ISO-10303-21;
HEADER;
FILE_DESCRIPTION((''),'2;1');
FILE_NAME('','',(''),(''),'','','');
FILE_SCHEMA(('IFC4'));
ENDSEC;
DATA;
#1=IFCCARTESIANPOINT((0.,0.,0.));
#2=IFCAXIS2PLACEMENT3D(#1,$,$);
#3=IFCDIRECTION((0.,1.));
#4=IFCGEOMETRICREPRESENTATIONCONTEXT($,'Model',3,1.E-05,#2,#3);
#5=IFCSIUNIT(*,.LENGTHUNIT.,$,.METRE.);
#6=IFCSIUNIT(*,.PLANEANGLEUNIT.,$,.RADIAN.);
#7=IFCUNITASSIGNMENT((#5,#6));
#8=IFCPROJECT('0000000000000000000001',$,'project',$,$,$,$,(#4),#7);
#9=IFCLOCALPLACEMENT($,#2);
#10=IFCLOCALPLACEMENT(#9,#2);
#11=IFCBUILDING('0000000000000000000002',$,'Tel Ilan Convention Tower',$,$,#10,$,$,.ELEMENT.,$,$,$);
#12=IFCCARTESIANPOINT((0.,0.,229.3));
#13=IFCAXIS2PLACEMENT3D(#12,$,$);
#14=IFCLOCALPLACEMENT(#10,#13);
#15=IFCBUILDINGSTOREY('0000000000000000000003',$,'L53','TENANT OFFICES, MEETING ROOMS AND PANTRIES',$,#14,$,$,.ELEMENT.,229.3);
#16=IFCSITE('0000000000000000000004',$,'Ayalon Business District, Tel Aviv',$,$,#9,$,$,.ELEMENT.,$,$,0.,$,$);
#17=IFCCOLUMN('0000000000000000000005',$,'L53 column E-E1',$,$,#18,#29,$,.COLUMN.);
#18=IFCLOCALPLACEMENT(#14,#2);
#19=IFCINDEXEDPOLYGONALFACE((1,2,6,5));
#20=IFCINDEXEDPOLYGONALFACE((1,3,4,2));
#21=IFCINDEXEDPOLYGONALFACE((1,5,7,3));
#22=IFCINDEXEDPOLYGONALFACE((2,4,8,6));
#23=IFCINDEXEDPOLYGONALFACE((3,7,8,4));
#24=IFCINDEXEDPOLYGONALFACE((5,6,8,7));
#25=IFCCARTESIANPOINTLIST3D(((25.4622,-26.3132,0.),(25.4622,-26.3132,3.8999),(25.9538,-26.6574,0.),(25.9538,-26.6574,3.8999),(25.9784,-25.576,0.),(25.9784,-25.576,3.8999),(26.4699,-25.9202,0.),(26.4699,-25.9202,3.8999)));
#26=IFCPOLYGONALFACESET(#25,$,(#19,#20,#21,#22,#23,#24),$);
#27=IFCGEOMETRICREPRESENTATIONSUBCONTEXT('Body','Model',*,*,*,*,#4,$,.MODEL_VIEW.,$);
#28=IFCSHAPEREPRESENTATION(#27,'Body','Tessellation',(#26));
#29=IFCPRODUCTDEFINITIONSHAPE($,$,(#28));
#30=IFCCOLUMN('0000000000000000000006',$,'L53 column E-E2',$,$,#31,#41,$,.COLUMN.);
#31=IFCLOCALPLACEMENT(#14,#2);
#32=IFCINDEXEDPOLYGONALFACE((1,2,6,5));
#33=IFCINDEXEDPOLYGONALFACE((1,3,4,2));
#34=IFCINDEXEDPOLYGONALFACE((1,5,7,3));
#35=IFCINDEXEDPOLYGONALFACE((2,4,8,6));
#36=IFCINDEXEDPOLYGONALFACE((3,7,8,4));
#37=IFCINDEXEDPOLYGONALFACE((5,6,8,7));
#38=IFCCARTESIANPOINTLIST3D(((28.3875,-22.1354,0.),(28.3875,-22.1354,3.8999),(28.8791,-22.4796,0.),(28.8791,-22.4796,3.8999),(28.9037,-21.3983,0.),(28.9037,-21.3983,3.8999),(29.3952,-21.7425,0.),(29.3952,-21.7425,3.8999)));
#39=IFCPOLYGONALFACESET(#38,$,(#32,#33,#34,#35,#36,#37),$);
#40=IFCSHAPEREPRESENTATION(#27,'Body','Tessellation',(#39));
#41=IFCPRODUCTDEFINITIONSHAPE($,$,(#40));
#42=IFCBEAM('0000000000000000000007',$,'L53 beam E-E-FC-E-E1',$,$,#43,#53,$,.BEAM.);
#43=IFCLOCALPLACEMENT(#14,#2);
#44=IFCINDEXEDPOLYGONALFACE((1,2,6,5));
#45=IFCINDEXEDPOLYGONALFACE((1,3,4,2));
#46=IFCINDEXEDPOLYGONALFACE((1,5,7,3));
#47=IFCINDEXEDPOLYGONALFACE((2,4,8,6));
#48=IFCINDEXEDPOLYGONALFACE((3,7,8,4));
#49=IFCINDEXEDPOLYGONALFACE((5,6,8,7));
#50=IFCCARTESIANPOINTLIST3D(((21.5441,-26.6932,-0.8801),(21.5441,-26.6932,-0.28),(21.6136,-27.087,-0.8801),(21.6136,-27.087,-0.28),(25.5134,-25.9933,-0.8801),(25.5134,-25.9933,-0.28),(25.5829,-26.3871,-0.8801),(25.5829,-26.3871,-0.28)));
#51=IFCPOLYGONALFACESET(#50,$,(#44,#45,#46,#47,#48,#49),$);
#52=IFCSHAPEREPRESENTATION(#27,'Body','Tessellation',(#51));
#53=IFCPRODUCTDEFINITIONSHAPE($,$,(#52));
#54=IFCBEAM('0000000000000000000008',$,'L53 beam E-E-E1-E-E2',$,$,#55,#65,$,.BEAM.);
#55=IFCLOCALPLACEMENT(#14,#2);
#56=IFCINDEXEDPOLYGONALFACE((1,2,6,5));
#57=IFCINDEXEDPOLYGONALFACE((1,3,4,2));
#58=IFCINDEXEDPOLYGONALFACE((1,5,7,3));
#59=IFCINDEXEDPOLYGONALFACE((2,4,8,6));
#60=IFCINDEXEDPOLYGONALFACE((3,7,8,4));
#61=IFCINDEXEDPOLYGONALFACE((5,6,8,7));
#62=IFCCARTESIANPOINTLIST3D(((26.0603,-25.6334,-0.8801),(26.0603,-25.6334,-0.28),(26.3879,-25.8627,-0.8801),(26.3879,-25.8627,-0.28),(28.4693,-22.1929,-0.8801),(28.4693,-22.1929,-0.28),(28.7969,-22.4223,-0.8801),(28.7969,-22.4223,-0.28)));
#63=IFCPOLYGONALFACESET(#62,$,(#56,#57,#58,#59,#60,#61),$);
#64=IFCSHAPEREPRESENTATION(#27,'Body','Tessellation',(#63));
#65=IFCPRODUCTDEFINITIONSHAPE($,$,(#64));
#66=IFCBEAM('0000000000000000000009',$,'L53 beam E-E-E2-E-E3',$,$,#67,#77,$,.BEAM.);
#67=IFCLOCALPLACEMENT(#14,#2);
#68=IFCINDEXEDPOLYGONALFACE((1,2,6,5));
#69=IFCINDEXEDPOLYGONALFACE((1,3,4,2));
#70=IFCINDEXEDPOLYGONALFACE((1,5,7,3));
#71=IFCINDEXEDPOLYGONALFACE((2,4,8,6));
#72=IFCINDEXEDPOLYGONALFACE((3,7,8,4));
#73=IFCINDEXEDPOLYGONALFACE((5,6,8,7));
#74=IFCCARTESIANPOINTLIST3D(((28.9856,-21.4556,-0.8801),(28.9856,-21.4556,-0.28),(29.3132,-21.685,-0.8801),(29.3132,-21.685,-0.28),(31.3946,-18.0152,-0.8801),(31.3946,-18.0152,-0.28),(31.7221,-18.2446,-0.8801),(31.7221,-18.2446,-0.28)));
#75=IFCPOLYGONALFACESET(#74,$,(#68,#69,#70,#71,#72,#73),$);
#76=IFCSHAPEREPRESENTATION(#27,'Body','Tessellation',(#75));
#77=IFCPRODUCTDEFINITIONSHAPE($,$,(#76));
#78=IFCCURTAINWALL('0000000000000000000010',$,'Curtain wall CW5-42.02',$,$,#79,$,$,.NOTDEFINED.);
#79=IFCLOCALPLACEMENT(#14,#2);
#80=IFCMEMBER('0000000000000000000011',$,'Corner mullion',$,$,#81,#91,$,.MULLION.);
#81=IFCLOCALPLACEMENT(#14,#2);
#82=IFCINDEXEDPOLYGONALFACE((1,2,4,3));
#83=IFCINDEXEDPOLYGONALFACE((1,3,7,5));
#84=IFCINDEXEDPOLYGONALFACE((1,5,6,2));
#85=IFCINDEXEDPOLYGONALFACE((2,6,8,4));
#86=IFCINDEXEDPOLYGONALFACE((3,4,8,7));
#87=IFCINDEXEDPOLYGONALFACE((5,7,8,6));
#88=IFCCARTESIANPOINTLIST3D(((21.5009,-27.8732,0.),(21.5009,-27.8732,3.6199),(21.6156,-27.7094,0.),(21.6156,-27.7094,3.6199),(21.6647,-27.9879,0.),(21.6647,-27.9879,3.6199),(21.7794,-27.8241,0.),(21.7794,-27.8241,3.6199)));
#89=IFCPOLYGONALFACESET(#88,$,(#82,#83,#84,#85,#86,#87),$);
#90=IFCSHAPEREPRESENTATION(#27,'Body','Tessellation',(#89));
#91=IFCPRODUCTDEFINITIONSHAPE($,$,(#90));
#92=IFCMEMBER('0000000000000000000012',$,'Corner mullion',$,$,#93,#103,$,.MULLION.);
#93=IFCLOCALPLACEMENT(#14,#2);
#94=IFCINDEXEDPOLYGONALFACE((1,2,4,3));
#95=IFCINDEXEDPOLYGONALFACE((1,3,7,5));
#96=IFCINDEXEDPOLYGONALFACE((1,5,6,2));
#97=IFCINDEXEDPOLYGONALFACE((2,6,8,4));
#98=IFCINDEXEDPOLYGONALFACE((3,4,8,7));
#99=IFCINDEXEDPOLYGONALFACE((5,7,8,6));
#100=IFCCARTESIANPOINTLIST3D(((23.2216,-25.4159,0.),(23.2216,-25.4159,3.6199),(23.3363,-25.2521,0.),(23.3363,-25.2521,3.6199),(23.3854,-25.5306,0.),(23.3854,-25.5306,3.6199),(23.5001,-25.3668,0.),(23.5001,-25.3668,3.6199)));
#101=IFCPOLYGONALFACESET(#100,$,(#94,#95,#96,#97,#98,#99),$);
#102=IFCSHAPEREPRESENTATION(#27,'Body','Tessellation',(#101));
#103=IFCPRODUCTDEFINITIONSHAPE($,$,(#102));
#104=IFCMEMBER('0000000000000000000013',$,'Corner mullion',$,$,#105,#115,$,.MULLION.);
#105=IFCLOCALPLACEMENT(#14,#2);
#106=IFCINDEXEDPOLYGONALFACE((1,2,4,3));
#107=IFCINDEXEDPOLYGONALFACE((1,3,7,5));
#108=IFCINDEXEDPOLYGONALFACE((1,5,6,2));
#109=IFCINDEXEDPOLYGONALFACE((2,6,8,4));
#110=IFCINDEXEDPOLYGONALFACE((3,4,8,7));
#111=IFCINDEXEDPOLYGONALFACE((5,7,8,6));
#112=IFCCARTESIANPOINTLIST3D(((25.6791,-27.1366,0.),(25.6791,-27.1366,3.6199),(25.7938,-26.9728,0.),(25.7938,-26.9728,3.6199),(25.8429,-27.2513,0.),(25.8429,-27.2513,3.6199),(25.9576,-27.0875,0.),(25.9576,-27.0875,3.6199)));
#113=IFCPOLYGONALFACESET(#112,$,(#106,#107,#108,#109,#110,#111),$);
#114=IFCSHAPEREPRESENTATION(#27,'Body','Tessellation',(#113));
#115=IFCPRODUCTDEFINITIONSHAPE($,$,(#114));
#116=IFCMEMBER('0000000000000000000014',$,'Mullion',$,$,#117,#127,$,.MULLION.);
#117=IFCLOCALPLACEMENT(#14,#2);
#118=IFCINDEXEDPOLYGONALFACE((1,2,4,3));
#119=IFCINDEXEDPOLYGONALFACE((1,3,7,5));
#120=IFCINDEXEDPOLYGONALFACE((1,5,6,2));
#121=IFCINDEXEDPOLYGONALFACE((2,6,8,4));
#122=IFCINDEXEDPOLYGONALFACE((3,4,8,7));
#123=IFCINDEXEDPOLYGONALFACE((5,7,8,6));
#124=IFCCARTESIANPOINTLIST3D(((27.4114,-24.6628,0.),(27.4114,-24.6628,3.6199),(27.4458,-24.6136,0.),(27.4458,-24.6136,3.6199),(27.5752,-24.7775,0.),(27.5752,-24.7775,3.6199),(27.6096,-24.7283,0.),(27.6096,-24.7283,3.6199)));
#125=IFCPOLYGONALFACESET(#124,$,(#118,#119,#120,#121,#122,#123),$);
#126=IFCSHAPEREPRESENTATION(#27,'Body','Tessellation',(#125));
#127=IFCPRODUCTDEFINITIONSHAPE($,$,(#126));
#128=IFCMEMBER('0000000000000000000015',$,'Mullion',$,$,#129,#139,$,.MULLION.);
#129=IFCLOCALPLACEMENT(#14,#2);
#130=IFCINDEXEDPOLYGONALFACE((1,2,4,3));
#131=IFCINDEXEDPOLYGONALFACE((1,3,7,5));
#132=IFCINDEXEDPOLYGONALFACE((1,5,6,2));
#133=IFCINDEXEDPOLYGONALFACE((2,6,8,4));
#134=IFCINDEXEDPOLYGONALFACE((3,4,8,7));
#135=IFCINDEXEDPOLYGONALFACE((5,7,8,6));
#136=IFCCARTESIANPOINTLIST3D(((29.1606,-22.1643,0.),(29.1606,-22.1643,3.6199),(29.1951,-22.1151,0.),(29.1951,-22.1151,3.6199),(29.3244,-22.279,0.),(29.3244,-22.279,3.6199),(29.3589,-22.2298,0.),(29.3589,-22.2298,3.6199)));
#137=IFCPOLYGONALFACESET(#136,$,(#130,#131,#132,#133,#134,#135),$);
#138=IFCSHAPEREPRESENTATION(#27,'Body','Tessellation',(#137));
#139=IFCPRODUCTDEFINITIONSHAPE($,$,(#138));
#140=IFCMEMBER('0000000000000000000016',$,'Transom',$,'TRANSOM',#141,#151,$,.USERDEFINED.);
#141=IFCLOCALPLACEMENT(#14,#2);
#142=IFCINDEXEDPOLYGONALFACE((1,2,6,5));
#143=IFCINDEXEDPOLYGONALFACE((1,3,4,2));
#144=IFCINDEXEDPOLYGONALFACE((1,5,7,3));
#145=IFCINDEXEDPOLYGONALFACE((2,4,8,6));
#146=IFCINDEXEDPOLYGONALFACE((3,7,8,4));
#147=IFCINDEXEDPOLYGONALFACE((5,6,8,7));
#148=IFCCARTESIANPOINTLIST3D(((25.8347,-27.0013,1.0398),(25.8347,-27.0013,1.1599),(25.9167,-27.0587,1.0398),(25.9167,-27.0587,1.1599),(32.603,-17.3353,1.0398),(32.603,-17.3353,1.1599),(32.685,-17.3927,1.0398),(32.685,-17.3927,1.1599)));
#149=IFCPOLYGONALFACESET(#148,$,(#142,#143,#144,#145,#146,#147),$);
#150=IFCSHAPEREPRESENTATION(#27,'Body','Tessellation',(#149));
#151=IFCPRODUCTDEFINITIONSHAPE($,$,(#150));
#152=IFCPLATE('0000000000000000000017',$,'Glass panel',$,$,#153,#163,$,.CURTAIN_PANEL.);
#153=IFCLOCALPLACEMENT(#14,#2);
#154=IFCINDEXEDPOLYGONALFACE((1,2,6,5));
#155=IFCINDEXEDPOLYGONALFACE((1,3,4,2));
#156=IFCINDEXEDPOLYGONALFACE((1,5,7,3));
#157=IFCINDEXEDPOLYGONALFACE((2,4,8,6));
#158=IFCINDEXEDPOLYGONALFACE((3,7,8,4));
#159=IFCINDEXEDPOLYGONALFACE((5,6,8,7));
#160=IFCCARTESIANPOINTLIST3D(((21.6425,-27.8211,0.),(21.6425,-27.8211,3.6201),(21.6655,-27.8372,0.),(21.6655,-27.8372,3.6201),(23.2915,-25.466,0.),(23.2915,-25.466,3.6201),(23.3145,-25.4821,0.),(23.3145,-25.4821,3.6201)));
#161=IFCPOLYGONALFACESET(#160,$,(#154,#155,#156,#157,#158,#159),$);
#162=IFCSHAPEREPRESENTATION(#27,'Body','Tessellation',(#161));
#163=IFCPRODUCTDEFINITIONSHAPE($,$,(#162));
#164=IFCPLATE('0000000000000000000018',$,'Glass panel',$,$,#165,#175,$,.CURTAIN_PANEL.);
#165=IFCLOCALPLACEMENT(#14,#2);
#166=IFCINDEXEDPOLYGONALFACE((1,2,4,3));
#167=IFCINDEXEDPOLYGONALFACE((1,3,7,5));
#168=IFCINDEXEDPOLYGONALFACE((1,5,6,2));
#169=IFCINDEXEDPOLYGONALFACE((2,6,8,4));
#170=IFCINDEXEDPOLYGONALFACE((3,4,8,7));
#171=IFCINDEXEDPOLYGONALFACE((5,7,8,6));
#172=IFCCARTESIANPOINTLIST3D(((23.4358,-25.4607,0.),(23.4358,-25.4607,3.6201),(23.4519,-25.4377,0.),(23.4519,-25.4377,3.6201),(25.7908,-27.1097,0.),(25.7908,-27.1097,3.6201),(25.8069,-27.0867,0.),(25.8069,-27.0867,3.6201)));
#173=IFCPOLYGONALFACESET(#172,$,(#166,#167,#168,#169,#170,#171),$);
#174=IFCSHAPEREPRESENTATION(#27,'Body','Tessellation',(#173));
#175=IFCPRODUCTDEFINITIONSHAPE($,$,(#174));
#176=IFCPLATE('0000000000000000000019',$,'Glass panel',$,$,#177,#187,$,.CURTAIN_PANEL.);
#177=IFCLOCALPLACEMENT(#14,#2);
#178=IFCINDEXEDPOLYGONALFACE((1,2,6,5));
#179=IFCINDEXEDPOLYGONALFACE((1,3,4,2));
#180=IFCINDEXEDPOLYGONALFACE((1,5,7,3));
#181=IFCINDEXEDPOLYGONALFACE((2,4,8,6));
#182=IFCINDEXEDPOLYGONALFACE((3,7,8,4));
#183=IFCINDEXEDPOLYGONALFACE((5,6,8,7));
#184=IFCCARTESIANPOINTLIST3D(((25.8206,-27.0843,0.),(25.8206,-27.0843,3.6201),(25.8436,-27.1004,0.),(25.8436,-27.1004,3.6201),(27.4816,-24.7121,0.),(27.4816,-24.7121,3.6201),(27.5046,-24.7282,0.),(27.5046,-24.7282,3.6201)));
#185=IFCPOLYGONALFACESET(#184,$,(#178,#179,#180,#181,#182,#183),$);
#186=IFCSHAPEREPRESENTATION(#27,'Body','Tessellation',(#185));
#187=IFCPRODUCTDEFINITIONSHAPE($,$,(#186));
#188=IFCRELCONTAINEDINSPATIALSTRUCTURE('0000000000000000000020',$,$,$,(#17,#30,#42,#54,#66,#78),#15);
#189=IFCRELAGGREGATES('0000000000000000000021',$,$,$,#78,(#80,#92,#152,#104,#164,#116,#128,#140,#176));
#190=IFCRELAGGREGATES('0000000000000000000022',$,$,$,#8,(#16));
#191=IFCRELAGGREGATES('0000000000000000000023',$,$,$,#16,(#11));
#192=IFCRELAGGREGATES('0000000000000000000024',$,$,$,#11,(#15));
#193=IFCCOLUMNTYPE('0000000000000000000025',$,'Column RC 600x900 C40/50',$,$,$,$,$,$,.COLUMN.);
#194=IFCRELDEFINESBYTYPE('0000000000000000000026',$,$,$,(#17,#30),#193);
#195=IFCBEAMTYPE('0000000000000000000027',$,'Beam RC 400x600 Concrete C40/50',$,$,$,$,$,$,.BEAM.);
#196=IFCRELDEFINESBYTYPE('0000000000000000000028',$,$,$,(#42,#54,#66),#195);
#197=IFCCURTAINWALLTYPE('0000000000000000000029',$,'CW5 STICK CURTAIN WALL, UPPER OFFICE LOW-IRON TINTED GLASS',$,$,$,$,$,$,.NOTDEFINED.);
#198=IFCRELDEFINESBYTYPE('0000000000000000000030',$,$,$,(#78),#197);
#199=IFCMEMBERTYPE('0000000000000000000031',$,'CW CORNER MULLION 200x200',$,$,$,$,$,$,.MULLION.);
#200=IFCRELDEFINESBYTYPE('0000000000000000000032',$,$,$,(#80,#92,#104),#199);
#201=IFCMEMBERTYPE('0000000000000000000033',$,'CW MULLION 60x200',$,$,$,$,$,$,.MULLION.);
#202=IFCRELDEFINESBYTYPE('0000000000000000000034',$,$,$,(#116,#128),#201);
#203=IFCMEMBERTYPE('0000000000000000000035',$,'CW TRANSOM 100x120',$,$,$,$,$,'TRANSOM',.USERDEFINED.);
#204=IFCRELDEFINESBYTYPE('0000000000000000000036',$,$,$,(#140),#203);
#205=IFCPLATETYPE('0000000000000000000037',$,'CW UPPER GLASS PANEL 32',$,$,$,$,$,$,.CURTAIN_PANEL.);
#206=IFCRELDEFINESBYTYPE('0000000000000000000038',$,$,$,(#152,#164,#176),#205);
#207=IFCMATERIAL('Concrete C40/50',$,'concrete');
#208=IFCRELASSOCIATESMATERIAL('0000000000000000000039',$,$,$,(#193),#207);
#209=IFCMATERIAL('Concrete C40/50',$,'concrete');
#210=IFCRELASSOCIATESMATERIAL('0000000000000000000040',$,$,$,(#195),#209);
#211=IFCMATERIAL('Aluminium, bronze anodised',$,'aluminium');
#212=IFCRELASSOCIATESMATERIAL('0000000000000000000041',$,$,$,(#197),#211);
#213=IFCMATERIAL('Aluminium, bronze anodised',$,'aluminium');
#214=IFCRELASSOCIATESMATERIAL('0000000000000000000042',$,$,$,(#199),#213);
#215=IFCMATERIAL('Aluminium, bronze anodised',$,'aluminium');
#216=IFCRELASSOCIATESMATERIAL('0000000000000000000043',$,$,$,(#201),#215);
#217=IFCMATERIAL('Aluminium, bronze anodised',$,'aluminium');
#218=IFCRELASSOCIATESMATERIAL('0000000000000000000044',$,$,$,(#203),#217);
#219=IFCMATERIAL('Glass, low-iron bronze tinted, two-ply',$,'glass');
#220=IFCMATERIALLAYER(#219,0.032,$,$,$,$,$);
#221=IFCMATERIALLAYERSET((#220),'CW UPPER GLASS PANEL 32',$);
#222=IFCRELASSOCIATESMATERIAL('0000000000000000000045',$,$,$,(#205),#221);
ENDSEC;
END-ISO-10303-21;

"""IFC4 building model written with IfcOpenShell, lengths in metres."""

from ifc_helpers import new_model, si_unit, direction, frame, origin, origin_2d, place, context, subcontext, project, spatial, rectangle, extrude, material, layer, layer_set, material_profile, profile_set, type_object, element, aggregate, save


model = new_model("IFC4")

# Units and contexts
model_context = context("Model", 3, precision=1e-05, world=origin(), true_north=direction((0.0, 1.0)))
body_context = subcontext(model_context, "Body", "Model", "MODEL_VIEW")
ifc_project = project(units=[si_unit("LENGTHUNIT", "METRE"), si_unit("PLANEANGLEUNIT", "RADIAN")], contexts=[model_context])

# Site, building, storey
site_placement = place(None, origin())
site = spatial("IfcSite", under=ifc_project, at=site_placement, Name="Ayalon Business District, Tel Aviv", CompositionType="ELEMENT", RefElevation=0.0)
building_placement = place(site_placement, origin())
building = spatial("IfcBuilding", under=site, at=building_placement, Name="Tel Ilan Convention Tower", CompositionType="ELEMENT")
storey_placement = place(building_placement, frame((0.0, 0.0, 229.3)))
storey = spatial("IfcBuildingStorey", under=building, at=storey_placement, Name="L53", Description="TENANT OFFICES, MEETING ROOMS AND PANTRIES", CompositionType="ELEMENT", Elevation=229.3)

# Columns
ifc_material_1 = material(Name="Concrete C40/50", Category="concrete")
ifc_material_profile_1 = material_profile(ifc_material_1, rectangle(XDim=0.8999, YDim=0.6001, at=origin_2d()), Name="RC 600x900")
ifc_profile_set_1 = profile_set([ifc_material_profile_1], Name="Concrete C40/50")
column_type = type_object("IfcColumnType", Name="Column RC 600x900 C40/50", PredefinedType="COLUMN", material=ifc_profile_set_1)
for number, where, z_axis, x_axis, name in (
    (1, (25.9661, -26.1167, 0.0), (0.0, 0.0, 1.0), (0.573576, 0.819152, 0.0), "L53 column E-E1"),
    (2, (28.8914, -21.939, 0.0), (0.0, 0.0, 1.0), (0.573576, 0.819152, 0.0), "L53 column E-E2"),
):
    element("IfcColumn", number, at=place(storey_placement, frame(where, z_axis=z_axis, x_axis=x_axis)), inside=storey, type_object=column_type, Name=name, PredefinedType="COLUMN", context=body_context, shape_type="SweptSolid", body=[
        extrude(rectangle(XDim=0.8999, YDim=0.6001, at=origin_2d()), origin(), (0.0, 0.0, 1.0), 3.8999),
    ])

# Beams
ifc_material_2 = material(Name="Concrete C40/50", Category="concrete")
ifc_material_profile_2 = material_profile(ifc_material_2, rectangle(XDim=0.3999, YDim=0.6001, at=origin_2d()), Name="RC 400x600")
ifc_profile_set_2 = profile_set([ifc_material_profile_2], Name="Concrete C40/50")
beam_type = type_object("IfcBeamType", Name="Beam RC 400x600 Concrete C40/50", PredefinedType="BEAM", material=ifc_profile_set_2)
beam_placement = place(storey_placement, frame((21.5789, -26.8901, -0.5801), z_axis=(0.984805, 0.173664, 0.0), x_axis=(-0.173664, 0.984805, 0.0)))
element("IfcBeam", 3, at=beam_placement, inside=storey, type_object=beam_type, Name="L53 beam E-E-FC-E-E1", PredefinedType="BEAM", context=body_context, shape_type="SweptSolid", body=[
    extrude(rectangle(XDim=0.3999, YDim=0.6001, at=origin_2d()), origin(), (0.0, 0.0, 1.0), 4.0305),
])
for number, where, z_axis, x_axis, name in (
    (4, (26.2241, -25.748, -0.5801), (0.573564, 0.819161, 0.0), (-0.819161, 0.573564, 0.0), "L53 beam E-E-E1-E-E2"),
    (5, (29.1494, -21.5703, -0.5801), (0.573564, 0.819161, 0.0), (-0.819161, 0.573564, 0.0), "L53 beam E-E-E2-E-E3"),
):
    element("IfcBeam", number, at=place(storey_placement, frame(where, z_axis=z_axis, x_axis=x_axis)), inside=storey, type_object=beam_type, Name=name, PredefinedType="BEAM", context=body_context, shape_type="SweptSolid", body=[
        extrude(rectangle(XDim=0.3999, YDim=0.6001, at=origin_2d()), origin(), (0.0, 0.0, 1.0), 4.2),
    ])

# Curtain wall, members, plates
ifc_material_3 = material(Name="Aluminium, bronze anodised", Category="aluminium")
curtain_wall_type = type_object("IfcCurtainWallType", Name="CW5 STICK CURTAIN WALL, UPPER OFFICE LOW-IRON TINTED GLASS", PredefinedType="NOTDEFINED", material=ifc_material_3)
curtain_wall_placement = place(storey_placement, origin())
curtain_wall = element("IfcCurtainWall", 6, at=curtain_wall_placement, inside=storey, type_object=curtain_wall_type, Name="Curtain wall CW5-42.02", PredefinedType="NOTDEFINED")
ifc_material_4 = material(Name="Aluminium, bronze anodised", Category="aluminium")
ifc_material_profile_3 = material_profile(ifc_material_4, rectangle(XDim=0.2, YDim=0.2, at=origin_2d()), Name="CW CORNER MULLION 200x200")
ifc_profile_set_3 = profile_set([ifc_material_profile_3], Name="Aluminium, bronze anodised")
member_type_1 = type_object("IfcMemberType", Name="CW CORNER MULLION 200x200", PredefinedType="MULLION", material=ifc_profile_set_3)
member_1_placement = place(storey_placement, frame((21.6401, -27.8486, 0.0), z_axis=(0.0, 0.0, 1.0), x_axis=(0.819152, -0.573576, 0.0)))
member_1 = element("IfcMember", 7, at=member_1_placement, type_object=member_type_1, Name="Corner mullion", PredefinedType="MULLION", context=body_context, shape_type="SweptSolid", body=[
    extrude(rectangle(XDim=0.2, YDim=0.2, at=origin_2d()), origin(), (0.0, 0.0, 1.0), 3.6199),
])
member_2_placement = place(storey_placement, frame((23.3608, -25.3914, 0.0), z_axis=(0.0, 0.0, 1.0), x_axis=(0.573576, 0.819152, 0.0)))
member_2 = element("IfcMember", 8, at=member_2_placement, type_object=member_type_1, Name="Corner mullion", PredefinedType="MULLION", context=body_context, shape_type="SweptSolid", body=[
    extrude(rectangle(XDim=0.2, YDim=0.2, at=origin_2d()), origin(), (0.0, 0.0, 1.0), 3.6199),
])
member_3_placement = place(storey_placement, frame((25.8184, -27.1121, 0.0), z_axis=(0.0, 0.0, 1.0), x_axis=(0.819152, -0.573576, 0.0)))
member_3 = element("IfcMember", 9, at=member_3_placement, type_object=member_type_1, Name="Corner mullion", PredefinedType="MULLION", context=body_context, shape_type="SweptSolid", body=[
    extrude(rectangle(XDim=0.2, YDim=0.2, at=origin_2d()), origin(), (0.0, 0.0, 1.0), 3.6199),
])
ifc_material_5 = material(Name="Aluminium, bronze anodised", Category="aluminium")
ifc_material_profile_4 = material_profile(ifc_material_5, rectangle(XDim=0.0601, YDim=0.2, at=origin_2d()), Name="CW MULLION 60x200")
ifc_profile_set_4 = profile_set([ifc_material_profile_4], Name="Aluminium, bronze anodised")
member_type_2 = type_object("IfcMemberType", Name="CW MULLION 60x200", PredefinedType="MULLION", material=ifc_profile_set_4)
member_4_placement = place(storey_placement, frame((27.5105, -24.6956, 0.0), z_axis=(0.0, 0.0, 1.0), x_axis=(0.573576, 0.819152, 0.0)))
member_4 = element("IfcMember", 10, at=member_4_placement, type_object=member_type_2, Name="Mullion", PredefinedType="MULLION", context=body_context, shape_type="SweptSolid", body=[
    extrude(rectangle(XDim=0.0601, YDim=0.2, at=origin_2d()), origin(), (0.0, 0.0, 1.0), 3.6199),
])
member_5_placement = place(storey_placement, frame((29.2598, -22.197, 0.0), z_axis=(0.0, 0.0, 1.0), x_axis=(0.573576, 0.819152, 0.0)))
member_5 = element("IfcMember", 11, at=member_5_placement, type_object=member_type_2, Name="Mullion", PredefinedType="MULLION", context=body_context, shape_type="SweptSolid", body=[
    extrude(rectangle(XDim=0.0601, YDim=0.2, at=origin_2d()), origin(), (0.0, 0.0, 1.0), 3.6199),
])
ifc_material_6 = material(Name="Aluminium, bronze anodised", Category="aluminium")
ifc_material_profile_5 = material_profile(ifc_material_6, rectangle(XDim=0.1001, YDim=0.1201, at=origin_2d()), Name="CW TRANSOM 100x120")
ifc_profile_set_5 = profile_set([ifc_material_profile_5], Name="Aluminium, bronze anodised")
member_type_3 = type_object("IfcMemberType", Name="CW TRANSOM 100x120", ElementType="TRANSOM", PredefinedType="USERDEFINED", material=ifc_profile_set_5)
member_6_placement = place(storey_placement, frame((25.8757, -27.03, 1.0999), z_axis=(0.573582, 0.819148, 0.0), x_axis=(-0.819148, 0.573582, 0.0)))
member_6 = element("IfcMember", 12, at=member_6_placement, type_object=member_type_3, Name="Transom", ObjectType="TRANSOM", PredefinedType="USERDEFINED", context=body_context, shape_type="SweptSolid", body=[
    extrude(rectangle(XDim=0.1001, YDim=0.1201, at=origin_2d()), origin(), (0.0, 0.0, 1.0), 11.8),
])
ifc_material_7 = material(Name="Glass, low-iron bronze tinted, two-ply", Category="glass")
ifc_layer_1 = layer(ifc_material_7, 0.032)
ifc_layer_set_1 = layer_set([ifc_layer_1], Name="CW UPPER GLASS PANEL 32")
plate_type = type_object("IfcPlateType", Name="CW UPPER GLASS PANEL 32", PredefinedType="CURTAIN_PANEL", material=ifc_layer_set_1)
plate_1_placement = place(storey_placement, frame((22.4785, -26.6516, 0.0), z_axis=(0.0, 0.0, 1.0), x_axis=(0.573576, 0.819152, 0.0)))
plate_1 = element("IfcPlate", 13, at=plate_1_placement, type_object=plate_type, Name="Glass panel", PredefinedType="CURTAIN_PANEL", context=body_context, shape_type="SweptSolid", body=[
    extrude(rectangle(XDim=2.875, YDim=0.0281, at=origin_2d()), origin(), (0.0, 0.0, 1.0), 3.6201),
])
plate_2_placement = place(storey_placement, frame((24.6213, -26.2737, 0.0), z_axis=(0.0, 0.0, 1.0), x_axis=(0.819152, -0.573576, 0.0)))
plate_2 = element("IfcPlate", 14, at=plate_2_placement, type_object=plate_type, Name="Glass panel", PredefinedType="CURTAIN_PANEL", context=body_context, shape_type="SweptSolid", body=[
    extrude(rectangle(XDim=2.875, YDim=0.0281, at=origin_2d()), origin(), (0.0, 0.0, 1.0), 3.6201),
])
plate_3_placement = place(storey_placement, frame((26.6626, -25.9062, 0.0), z_axis=(0.0, 0.0, 1.0), x_axis=(0.573576, 0.819152, 0.0)))
plate_3 = element("IfcPlate", 15, at=plate_3_placement, type_object=plate_type, Name="Glass panel", PredefinedType="CURTAIN_PANEL", context=body_context, shape_type="SweptSolid", body=[
    extrude(rectangle(XDim=2.896, YDim=0.0281, at=origin_2d()), origin(), (0.0, 0.0, 1.0), 3.6201),
])
aggregate(curtain_wall, [member_1, member_2, plate_1, member_3, plate_2, member_4, member_5, member_6, plate_3])

save(model, "model.ifc")
